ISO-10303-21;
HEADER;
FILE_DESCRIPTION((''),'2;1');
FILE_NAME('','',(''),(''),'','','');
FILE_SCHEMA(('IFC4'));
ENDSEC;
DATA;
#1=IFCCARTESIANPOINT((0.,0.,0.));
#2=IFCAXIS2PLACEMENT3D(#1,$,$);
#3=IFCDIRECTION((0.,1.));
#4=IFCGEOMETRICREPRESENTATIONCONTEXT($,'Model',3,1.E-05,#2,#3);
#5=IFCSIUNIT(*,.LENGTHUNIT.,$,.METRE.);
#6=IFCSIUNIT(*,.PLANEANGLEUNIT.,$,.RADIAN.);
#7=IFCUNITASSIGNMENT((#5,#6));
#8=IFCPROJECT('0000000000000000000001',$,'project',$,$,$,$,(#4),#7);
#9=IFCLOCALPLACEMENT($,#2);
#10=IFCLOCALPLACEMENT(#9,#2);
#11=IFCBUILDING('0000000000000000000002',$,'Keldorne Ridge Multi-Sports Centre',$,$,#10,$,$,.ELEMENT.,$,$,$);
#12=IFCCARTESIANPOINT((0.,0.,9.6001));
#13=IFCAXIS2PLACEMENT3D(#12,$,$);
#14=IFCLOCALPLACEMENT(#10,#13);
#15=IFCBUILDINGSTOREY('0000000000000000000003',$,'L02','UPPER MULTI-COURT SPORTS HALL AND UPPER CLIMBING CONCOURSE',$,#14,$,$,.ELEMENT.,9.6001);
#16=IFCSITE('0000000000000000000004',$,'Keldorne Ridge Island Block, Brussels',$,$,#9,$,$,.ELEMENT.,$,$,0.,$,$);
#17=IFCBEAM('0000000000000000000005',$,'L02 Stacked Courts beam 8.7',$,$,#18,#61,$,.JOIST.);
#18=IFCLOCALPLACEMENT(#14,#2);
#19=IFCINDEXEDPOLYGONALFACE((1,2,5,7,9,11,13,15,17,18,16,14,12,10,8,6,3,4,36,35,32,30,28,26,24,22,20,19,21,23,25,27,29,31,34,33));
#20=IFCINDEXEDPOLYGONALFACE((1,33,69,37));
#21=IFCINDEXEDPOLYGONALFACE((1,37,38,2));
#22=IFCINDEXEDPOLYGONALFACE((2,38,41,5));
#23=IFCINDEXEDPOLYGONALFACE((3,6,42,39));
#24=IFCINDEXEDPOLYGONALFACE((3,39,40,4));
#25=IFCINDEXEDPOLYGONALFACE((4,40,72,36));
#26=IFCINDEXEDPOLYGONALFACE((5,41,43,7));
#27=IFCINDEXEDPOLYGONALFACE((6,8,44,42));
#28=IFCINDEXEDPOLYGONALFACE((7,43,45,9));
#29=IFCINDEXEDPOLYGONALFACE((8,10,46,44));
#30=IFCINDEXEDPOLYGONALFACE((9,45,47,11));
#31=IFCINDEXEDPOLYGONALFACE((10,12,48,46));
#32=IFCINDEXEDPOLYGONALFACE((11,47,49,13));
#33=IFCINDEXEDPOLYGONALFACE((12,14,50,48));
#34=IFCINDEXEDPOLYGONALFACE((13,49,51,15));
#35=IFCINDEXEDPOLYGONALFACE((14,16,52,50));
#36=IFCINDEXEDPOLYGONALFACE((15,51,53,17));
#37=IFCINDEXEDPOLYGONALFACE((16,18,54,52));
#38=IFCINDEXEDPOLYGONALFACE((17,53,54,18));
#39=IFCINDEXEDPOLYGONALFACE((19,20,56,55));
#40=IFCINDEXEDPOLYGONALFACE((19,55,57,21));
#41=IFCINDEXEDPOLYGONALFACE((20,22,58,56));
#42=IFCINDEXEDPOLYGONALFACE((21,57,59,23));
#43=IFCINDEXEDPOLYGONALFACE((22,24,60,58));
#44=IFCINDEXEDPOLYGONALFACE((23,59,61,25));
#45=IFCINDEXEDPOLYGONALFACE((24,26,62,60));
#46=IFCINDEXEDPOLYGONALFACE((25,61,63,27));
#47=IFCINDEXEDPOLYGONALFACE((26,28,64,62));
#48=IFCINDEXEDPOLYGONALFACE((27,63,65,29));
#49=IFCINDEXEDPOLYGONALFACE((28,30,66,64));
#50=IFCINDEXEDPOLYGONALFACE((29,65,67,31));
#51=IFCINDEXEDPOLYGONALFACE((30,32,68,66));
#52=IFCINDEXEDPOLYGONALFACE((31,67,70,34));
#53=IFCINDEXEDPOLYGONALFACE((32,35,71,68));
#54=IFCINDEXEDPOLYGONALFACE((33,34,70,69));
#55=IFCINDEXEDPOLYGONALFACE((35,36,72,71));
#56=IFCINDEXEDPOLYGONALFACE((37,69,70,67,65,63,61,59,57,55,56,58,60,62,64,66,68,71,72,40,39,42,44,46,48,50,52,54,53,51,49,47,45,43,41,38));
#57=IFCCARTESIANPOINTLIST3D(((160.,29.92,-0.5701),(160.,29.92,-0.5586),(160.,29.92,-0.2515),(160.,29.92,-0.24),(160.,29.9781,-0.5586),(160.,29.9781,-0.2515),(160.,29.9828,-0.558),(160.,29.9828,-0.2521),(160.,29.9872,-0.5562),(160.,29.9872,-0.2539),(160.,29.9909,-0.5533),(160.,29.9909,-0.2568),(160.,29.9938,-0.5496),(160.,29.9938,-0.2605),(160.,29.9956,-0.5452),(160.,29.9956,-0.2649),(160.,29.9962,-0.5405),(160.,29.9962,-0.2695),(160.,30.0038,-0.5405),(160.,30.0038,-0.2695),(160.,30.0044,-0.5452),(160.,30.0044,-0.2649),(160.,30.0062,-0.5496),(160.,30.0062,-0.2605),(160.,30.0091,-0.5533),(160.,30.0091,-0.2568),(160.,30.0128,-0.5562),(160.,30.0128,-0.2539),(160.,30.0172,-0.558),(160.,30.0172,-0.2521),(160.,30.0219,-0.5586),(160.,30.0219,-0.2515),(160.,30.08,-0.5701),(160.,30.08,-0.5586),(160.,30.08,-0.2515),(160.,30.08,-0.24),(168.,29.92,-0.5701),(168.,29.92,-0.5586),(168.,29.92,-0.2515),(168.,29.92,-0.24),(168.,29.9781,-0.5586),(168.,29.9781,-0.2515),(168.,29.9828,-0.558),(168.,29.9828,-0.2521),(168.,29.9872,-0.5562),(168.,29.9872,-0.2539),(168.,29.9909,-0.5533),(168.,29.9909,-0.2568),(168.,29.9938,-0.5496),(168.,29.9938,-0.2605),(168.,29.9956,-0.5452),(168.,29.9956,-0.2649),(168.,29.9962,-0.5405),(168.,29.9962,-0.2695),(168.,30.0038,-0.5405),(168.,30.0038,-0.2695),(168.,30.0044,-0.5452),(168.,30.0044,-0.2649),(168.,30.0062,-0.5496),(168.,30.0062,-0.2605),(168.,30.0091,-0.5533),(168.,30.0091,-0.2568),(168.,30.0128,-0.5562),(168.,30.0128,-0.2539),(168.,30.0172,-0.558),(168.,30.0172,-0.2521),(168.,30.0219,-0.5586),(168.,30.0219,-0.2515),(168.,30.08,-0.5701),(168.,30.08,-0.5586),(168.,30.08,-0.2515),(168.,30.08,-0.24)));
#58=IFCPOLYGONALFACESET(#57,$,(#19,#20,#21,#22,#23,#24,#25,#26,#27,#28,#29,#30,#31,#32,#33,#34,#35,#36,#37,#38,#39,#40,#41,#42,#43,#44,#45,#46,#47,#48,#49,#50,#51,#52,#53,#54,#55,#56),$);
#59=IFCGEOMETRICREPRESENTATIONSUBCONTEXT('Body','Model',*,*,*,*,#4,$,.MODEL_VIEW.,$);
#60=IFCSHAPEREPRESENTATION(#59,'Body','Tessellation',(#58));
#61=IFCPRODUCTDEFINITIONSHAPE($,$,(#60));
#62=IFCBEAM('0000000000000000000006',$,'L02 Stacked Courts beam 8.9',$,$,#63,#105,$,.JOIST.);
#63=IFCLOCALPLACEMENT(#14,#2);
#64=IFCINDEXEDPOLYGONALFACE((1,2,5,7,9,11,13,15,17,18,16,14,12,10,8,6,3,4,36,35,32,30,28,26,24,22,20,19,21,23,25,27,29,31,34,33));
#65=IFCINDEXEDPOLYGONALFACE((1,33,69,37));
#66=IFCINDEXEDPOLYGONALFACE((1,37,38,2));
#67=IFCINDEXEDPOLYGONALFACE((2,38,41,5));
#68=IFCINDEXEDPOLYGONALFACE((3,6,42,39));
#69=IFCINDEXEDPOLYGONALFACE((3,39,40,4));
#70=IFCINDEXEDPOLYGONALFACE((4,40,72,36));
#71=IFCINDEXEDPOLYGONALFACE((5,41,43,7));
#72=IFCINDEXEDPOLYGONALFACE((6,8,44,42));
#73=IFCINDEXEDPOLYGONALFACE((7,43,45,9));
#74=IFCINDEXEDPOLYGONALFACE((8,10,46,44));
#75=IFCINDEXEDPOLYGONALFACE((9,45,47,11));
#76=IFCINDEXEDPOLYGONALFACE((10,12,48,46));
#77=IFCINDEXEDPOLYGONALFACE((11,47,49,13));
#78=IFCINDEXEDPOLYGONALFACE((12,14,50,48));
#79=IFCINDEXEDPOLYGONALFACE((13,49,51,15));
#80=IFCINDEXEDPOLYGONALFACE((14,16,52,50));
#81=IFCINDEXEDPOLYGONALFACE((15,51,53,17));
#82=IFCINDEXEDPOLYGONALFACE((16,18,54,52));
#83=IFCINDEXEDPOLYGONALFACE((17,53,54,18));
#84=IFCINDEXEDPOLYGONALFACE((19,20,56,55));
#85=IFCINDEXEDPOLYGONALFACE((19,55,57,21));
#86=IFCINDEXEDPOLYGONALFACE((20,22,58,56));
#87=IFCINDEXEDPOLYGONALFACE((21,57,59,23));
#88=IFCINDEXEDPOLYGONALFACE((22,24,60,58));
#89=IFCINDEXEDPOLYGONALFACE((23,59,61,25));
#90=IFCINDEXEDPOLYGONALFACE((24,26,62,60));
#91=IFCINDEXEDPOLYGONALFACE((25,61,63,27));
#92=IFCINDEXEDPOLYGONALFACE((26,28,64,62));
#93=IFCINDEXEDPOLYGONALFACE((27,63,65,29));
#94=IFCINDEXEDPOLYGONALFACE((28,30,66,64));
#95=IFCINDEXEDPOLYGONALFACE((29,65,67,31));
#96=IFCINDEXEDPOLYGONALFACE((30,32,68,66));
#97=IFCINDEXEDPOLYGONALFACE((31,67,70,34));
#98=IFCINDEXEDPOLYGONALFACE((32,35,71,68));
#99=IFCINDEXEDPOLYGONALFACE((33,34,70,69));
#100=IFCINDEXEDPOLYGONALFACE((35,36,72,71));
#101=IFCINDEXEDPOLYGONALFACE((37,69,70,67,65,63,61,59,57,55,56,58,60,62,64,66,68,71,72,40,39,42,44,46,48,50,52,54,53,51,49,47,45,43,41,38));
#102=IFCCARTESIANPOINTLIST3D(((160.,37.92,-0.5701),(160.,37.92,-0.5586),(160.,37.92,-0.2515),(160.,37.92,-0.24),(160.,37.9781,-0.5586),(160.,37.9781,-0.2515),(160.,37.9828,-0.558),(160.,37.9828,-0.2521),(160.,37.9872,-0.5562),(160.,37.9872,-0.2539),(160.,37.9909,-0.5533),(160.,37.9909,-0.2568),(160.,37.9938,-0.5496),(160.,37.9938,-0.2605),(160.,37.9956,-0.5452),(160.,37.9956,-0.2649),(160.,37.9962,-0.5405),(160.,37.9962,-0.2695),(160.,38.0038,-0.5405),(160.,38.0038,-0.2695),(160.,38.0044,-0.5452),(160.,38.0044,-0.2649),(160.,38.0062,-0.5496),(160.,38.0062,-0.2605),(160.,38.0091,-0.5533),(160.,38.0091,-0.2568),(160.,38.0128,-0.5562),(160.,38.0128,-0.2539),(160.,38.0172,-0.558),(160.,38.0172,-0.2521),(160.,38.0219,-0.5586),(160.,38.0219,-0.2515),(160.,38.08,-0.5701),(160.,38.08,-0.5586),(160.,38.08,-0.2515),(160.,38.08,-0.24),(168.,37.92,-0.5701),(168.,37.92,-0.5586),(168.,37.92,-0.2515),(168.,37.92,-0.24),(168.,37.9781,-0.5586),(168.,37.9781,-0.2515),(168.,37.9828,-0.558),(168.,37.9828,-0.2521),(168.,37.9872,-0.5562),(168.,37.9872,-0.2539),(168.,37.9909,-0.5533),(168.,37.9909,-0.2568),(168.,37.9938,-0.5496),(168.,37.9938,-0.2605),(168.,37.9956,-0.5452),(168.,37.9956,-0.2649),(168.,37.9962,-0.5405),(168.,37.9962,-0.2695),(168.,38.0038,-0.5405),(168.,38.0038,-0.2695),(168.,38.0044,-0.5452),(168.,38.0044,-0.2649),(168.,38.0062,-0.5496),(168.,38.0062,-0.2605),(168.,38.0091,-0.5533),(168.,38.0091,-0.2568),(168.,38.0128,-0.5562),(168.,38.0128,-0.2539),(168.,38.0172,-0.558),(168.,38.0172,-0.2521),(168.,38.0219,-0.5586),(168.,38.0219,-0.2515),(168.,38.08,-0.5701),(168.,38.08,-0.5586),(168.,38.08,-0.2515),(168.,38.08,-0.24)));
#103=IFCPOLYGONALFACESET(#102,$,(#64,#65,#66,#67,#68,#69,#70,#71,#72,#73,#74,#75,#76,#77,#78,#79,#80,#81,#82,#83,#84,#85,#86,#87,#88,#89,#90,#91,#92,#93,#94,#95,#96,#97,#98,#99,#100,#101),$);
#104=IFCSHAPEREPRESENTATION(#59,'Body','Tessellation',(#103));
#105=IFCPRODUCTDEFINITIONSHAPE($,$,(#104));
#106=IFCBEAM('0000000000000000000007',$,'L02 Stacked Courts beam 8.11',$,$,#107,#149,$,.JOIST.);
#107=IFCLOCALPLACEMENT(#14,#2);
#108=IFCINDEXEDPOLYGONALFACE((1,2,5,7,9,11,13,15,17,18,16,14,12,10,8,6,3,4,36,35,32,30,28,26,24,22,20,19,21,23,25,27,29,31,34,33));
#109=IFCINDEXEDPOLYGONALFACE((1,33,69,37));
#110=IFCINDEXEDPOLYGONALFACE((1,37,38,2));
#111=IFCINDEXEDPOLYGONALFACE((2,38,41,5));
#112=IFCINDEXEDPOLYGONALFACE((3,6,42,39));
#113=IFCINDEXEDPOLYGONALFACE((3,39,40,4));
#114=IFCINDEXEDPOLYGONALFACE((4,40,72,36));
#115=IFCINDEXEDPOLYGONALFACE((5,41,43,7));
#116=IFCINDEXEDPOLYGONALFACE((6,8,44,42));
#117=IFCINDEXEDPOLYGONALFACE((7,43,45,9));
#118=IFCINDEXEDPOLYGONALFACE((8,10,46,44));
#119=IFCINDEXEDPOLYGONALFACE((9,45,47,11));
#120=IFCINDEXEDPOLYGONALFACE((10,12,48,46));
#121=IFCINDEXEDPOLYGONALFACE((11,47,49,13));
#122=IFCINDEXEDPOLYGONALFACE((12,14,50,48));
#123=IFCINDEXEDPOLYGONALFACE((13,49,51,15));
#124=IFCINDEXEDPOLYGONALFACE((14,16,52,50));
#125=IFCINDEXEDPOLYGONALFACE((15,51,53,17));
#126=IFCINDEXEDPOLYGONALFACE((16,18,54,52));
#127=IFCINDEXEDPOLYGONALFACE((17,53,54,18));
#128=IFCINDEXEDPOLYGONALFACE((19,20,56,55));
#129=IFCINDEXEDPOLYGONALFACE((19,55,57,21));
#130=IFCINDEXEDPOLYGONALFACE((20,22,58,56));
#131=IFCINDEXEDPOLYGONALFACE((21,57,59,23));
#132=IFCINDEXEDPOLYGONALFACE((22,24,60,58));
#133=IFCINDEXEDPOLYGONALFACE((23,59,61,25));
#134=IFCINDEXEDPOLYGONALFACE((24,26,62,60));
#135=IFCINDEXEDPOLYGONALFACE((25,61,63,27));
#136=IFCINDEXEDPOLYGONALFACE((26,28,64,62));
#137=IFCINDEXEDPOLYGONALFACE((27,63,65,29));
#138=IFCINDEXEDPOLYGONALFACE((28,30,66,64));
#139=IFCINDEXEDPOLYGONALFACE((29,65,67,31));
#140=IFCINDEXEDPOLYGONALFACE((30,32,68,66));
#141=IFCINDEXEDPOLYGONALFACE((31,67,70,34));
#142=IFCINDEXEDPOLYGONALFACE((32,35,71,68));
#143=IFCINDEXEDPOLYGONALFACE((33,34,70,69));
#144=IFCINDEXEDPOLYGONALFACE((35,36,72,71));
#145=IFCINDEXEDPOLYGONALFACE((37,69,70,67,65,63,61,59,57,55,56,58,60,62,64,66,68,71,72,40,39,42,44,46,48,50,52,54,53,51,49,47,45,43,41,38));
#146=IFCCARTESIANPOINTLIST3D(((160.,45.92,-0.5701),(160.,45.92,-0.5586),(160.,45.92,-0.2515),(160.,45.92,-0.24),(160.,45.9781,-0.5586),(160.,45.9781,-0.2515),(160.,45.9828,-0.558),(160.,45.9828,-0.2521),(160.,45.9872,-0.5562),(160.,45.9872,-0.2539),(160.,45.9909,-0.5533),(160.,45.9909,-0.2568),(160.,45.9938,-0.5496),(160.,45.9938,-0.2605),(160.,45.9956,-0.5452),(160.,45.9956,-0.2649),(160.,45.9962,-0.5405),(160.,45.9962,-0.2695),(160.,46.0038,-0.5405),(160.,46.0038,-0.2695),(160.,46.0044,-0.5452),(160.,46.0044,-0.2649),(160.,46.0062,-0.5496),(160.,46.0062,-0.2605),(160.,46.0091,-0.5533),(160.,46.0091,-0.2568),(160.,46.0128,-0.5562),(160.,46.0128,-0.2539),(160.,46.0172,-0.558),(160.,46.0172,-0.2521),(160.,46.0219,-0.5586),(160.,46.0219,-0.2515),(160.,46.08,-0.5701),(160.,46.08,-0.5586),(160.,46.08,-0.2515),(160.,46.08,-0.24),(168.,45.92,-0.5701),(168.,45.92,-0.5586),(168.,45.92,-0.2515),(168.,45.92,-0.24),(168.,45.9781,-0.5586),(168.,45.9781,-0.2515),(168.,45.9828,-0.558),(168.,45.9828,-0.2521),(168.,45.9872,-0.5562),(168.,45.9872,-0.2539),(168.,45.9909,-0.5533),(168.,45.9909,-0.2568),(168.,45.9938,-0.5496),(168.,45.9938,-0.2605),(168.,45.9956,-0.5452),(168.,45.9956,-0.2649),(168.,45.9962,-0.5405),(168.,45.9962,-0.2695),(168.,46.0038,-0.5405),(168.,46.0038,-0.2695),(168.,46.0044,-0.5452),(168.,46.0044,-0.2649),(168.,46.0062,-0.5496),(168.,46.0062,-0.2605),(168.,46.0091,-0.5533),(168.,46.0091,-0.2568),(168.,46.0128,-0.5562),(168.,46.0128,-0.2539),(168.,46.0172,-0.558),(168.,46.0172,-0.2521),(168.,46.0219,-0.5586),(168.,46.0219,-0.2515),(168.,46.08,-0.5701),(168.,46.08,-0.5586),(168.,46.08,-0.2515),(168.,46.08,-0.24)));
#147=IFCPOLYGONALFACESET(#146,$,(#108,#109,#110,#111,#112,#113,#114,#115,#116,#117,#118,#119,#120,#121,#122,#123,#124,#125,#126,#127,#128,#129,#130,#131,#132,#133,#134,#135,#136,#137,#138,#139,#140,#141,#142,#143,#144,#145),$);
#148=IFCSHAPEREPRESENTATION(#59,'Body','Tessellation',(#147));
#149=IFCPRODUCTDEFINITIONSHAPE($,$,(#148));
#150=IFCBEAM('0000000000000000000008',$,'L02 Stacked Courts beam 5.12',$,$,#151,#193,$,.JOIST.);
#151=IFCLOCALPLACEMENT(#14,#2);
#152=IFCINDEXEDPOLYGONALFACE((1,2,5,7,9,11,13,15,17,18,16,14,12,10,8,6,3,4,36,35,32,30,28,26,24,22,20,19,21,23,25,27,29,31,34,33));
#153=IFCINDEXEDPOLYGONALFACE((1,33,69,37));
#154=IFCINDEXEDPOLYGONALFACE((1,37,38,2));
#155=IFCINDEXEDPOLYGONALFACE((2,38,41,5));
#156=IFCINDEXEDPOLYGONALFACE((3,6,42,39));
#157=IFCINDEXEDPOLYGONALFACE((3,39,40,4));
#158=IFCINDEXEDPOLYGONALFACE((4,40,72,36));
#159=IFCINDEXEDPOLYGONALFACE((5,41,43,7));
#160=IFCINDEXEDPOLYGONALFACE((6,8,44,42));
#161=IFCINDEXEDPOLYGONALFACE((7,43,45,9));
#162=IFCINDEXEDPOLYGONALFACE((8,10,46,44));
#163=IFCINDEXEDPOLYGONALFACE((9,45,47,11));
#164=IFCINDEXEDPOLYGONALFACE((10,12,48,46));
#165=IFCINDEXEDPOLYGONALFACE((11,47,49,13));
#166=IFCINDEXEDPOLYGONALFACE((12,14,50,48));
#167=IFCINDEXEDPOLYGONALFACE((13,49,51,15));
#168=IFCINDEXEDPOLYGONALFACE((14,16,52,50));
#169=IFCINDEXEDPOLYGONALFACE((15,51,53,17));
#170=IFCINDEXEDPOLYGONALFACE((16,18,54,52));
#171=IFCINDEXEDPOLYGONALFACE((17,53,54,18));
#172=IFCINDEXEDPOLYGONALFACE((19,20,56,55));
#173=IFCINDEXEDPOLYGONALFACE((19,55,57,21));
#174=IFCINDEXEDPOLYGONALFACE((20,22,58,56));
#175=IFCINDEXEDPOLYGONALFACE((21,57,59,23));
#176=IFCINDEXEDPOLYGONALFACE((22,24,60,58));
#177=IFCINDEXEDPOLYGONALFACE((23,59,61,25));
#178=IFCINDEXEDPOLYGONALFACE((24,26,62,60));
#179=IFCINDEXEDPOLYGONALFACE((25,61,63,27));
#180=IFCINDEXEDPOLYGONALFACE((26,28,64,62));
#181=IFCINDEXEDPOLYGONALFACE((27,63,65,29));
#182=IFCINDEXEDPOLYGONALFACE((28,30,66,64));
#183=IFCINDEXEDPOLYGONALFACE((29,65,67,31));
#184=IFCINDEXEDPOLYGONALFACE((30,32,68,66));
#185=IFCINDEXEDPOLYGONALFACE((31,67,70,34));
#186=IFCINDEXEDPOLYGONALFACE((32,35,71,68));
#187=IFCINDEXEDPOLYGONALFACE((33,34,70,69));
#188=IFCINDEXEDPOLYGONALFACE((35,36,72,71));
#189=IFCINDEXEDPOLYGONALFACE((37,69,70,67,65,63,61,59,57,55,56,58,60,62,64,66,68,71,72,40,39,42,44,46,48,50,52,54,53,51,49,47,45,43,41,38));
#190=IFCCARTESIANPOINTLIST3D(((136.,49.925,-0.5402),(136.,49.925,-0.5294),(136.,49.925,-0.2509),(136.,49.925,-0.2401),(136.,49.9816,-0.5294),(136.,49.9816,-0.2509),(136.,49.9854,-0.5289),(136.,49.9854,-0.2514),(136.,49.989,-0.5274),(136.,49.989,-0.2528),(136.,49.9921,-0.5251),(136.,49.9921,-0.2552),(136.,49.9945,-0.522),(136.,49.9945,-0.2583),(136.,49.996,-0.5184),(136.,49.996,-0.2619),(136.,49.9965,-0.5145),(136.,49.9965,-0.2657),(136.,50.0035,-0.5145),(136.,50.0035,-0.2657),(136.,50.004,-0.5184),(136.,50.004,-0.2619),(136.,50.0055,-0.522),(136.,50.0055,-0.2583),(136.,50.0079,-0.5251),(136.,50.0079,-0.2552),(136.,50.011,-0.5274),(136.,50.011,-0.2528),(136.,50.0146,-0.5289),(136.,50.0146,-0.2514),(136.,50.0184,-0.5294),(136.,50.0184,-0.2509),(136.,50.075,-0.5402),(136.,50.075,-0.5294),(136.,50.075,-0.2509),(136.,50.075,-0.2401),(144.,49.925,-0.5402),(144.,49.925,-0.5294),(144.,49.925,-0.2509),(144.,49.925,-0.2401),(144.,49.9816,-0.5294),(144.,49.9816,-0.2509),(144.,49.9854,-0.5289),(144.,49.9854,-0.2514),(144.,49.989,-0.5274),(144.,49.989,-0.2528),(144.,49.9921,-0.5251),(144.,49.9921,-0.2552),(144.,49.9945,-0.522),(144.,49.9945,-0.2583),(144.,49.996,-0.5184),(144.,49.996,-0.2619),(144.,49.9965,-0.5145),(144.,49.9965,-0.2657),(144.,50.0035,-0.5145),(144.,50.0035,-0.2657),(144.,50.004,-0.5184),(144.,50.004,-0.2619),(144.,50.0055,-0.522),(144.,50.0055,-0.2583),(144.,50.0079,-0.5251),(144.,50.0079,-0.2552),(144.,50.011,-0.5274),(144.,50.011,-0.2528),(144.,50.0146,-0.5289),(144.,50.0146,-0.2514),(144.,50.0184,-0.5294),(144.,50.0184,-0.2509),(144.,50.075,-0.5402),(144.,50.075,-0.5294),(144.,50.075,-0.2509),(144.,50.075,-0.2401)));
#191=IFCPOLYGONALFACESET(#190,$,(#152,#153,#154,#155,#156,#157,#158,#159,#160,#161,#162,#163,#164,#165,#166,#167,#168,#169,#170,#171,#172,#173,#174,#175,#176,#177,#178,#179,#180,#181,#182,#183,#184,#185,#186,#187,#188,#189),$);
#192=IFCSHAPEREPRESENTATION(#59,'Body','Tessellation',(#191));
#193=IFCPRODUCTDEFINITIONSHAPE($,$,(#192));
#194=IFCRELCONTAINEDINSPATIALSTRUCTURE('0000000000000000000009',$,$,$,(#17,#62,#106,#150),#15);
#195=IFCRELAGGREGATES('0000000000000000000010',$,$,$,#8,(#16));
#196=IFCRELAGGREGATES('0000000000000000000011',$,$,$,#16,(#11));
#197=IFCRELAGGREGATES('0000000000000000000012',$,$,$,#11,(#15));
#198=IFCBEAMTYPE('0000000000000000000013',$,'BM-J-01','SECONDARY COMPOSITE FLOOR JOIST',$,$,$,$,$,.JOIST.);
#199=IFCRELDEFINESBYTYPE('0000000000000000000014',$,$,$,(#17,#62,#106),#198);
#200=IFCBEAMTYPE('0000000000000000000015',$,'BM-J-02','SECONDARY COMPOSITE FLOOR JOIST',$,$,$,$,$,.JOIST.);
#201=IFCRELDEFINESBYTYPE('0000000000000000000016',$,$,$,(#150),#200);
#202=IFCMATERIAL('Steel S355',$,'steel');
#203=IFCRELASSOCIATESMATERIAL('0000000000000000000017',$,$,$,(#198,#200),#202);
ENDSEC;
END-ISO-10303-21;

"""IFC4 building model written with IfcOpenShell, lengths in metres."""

from ifc_helpers import new_model, si_unit, direction, frame, origin, origin_2d, place, context, subcontext, project, spatial, i_section, extrude, material, material_profile, profile_set, type_object, element, save


model = new_model("IFC4")

# Units and contexts
model_context = context("Model", 3, precision=1e-05, world=origin(), true_north=direction((0.0, 1.0)))
body_context = subcontext(model_context, "Body", "Model", "MODEL_VIEW")
ifc_project = project(units=[si_unit("LENGTHUNIT", "METRE"), si_unit("PLANEANGLEUNIT", "RADIAN")], contexts=[model_context])

# Site, building, storey
site_placement = place(None, origin())
site = spatial("IfcSite", under=ifc_project, at=site_placement, Name="Keldorne Ridge Island Block, Brussels", CompositionType="ELEMENT", RefElevation=0.0)
building_placement = place(site_placement, origin())
building = spatial("IfcBuilding", under=site, at=building_placement, Name="Keldorne Ridge Multi-Sports Centre", CompositionType="ELEMENT")
storey_placement = place(building_placement, frame((0.0, 0.0, 9.6001)))
storey = spatial("IfcBuildingStorey", under=building, at=storey_placement, Name="L02", Description="UPPER MULTI-COURT SPORTS HALL AND UPPER CLIMBING CONCOURSE", CompositionType="ELEMENT", Elevation=9.6001)

# Shared definitions
ifc_material_1 = material(Name="Steel S355", Category="steel")

# Beams
ifc_material_profile_1 = material_profile(ifc_material_1, i_section(OverallWidth=0.1599, OverallDepth=0.3301, WebThickness=0.0076, FlangeThickness=0.0115, FilletRadius=0.0181, at=origin_2d()), Name="IPE 330")
ifc_profile_set_1 = profile_set([ifc_material_profile_1], Name="Steel S355")
beam_type_1 = type_object("IfcBeamType", Name="BM-J-01", Description="SECONDARY COMPOSITE FLOOR JOIST", PredefinedType="JOIST", material=ifc_profile_set_1)
for number, where, z_axis, x_axis, name in (
    (1, (160.0, 30.0, -0.405), (1.0, 0.0, 0.0), (0.0, 1.0, 0.0), "L02 Stacked Courts beam 8.7"),
    (2, (160.0, 38.0, -0.405), (1.0, 0.0, 0.0), (0.0, 1.0, 0.0), "L02 Stacked Courts beam 8.9"),
    (3, (160.0, 46.0, -0.405), (1.0, 0.0, 0.0), (0.0, 1.0, 0.0), "L02 Stacked Courts beam 8.11"),
):
    element("IfcBeam", number, at=place(storey_placement, frame(where, z_axis=z_axis, x_axis=x_axis)), inside=storey, type_object=beam_type_1, Name=name, PredefinedType="JOIST", context=body_context, shape_type="SweptSolid", body=[
        extrude(i_section(OverallWidth=0.1599, OverallDepth=0.3301, WebThickness=0.0076, FlangeThickness=0.0115, FilletRadius=0.0181, at=origin_2d()), origin(), (0.0, 0.0, 1.0), 8.0),
    ])
ifc_material_profile_2 = material_profile(ifc_material_1, i_section(OverallWidth=0.1499, OverallDepth=0.3, WebThickness=0.0071, FlangeThickness=0.0107, FilletRadius=0.0149, at=origin_2d()), Name="IPE 300")
ifc_profile_set_2 = profile_set([ifc_material_profile_2], Name="Steel S355")
beam_type_2 = type_object("IfcBeamType", Name="BM-J-02", Description="SECONDARY COMPOSITE FLOOR JOIST", PredefinedType="JOIST", material=ifc_profile_set_2)
for number, where, z_axis, x_axis, name in (
    (4, (136.0, 50.0, -0.3901), (1.0, 0.0, 0.0), (0.0, 1.0, 0.0), "L02 Stacked Courts beam 5.12"),
):
    element("IfcBeam", number, at=place(storey_placement, frame(where, z_axis=z_axis, x_axis=x_axis)), inside=storey, type_object=beam_type_2, Name=name, PredefinedType="JOIST", context=body_context, shape_type="SweptSolid", body=[
        extrude(i_section(OverallWidth=0.1499, OverallDepth=0.3, WebThickness=0.0071, FlangeThickness=0.0107, FilletRadius=0.0149, at=origin_2d()), origin(), (0.0, 0.0, 1.0), 8.0),
    ])

save(model, "model.ifc")
